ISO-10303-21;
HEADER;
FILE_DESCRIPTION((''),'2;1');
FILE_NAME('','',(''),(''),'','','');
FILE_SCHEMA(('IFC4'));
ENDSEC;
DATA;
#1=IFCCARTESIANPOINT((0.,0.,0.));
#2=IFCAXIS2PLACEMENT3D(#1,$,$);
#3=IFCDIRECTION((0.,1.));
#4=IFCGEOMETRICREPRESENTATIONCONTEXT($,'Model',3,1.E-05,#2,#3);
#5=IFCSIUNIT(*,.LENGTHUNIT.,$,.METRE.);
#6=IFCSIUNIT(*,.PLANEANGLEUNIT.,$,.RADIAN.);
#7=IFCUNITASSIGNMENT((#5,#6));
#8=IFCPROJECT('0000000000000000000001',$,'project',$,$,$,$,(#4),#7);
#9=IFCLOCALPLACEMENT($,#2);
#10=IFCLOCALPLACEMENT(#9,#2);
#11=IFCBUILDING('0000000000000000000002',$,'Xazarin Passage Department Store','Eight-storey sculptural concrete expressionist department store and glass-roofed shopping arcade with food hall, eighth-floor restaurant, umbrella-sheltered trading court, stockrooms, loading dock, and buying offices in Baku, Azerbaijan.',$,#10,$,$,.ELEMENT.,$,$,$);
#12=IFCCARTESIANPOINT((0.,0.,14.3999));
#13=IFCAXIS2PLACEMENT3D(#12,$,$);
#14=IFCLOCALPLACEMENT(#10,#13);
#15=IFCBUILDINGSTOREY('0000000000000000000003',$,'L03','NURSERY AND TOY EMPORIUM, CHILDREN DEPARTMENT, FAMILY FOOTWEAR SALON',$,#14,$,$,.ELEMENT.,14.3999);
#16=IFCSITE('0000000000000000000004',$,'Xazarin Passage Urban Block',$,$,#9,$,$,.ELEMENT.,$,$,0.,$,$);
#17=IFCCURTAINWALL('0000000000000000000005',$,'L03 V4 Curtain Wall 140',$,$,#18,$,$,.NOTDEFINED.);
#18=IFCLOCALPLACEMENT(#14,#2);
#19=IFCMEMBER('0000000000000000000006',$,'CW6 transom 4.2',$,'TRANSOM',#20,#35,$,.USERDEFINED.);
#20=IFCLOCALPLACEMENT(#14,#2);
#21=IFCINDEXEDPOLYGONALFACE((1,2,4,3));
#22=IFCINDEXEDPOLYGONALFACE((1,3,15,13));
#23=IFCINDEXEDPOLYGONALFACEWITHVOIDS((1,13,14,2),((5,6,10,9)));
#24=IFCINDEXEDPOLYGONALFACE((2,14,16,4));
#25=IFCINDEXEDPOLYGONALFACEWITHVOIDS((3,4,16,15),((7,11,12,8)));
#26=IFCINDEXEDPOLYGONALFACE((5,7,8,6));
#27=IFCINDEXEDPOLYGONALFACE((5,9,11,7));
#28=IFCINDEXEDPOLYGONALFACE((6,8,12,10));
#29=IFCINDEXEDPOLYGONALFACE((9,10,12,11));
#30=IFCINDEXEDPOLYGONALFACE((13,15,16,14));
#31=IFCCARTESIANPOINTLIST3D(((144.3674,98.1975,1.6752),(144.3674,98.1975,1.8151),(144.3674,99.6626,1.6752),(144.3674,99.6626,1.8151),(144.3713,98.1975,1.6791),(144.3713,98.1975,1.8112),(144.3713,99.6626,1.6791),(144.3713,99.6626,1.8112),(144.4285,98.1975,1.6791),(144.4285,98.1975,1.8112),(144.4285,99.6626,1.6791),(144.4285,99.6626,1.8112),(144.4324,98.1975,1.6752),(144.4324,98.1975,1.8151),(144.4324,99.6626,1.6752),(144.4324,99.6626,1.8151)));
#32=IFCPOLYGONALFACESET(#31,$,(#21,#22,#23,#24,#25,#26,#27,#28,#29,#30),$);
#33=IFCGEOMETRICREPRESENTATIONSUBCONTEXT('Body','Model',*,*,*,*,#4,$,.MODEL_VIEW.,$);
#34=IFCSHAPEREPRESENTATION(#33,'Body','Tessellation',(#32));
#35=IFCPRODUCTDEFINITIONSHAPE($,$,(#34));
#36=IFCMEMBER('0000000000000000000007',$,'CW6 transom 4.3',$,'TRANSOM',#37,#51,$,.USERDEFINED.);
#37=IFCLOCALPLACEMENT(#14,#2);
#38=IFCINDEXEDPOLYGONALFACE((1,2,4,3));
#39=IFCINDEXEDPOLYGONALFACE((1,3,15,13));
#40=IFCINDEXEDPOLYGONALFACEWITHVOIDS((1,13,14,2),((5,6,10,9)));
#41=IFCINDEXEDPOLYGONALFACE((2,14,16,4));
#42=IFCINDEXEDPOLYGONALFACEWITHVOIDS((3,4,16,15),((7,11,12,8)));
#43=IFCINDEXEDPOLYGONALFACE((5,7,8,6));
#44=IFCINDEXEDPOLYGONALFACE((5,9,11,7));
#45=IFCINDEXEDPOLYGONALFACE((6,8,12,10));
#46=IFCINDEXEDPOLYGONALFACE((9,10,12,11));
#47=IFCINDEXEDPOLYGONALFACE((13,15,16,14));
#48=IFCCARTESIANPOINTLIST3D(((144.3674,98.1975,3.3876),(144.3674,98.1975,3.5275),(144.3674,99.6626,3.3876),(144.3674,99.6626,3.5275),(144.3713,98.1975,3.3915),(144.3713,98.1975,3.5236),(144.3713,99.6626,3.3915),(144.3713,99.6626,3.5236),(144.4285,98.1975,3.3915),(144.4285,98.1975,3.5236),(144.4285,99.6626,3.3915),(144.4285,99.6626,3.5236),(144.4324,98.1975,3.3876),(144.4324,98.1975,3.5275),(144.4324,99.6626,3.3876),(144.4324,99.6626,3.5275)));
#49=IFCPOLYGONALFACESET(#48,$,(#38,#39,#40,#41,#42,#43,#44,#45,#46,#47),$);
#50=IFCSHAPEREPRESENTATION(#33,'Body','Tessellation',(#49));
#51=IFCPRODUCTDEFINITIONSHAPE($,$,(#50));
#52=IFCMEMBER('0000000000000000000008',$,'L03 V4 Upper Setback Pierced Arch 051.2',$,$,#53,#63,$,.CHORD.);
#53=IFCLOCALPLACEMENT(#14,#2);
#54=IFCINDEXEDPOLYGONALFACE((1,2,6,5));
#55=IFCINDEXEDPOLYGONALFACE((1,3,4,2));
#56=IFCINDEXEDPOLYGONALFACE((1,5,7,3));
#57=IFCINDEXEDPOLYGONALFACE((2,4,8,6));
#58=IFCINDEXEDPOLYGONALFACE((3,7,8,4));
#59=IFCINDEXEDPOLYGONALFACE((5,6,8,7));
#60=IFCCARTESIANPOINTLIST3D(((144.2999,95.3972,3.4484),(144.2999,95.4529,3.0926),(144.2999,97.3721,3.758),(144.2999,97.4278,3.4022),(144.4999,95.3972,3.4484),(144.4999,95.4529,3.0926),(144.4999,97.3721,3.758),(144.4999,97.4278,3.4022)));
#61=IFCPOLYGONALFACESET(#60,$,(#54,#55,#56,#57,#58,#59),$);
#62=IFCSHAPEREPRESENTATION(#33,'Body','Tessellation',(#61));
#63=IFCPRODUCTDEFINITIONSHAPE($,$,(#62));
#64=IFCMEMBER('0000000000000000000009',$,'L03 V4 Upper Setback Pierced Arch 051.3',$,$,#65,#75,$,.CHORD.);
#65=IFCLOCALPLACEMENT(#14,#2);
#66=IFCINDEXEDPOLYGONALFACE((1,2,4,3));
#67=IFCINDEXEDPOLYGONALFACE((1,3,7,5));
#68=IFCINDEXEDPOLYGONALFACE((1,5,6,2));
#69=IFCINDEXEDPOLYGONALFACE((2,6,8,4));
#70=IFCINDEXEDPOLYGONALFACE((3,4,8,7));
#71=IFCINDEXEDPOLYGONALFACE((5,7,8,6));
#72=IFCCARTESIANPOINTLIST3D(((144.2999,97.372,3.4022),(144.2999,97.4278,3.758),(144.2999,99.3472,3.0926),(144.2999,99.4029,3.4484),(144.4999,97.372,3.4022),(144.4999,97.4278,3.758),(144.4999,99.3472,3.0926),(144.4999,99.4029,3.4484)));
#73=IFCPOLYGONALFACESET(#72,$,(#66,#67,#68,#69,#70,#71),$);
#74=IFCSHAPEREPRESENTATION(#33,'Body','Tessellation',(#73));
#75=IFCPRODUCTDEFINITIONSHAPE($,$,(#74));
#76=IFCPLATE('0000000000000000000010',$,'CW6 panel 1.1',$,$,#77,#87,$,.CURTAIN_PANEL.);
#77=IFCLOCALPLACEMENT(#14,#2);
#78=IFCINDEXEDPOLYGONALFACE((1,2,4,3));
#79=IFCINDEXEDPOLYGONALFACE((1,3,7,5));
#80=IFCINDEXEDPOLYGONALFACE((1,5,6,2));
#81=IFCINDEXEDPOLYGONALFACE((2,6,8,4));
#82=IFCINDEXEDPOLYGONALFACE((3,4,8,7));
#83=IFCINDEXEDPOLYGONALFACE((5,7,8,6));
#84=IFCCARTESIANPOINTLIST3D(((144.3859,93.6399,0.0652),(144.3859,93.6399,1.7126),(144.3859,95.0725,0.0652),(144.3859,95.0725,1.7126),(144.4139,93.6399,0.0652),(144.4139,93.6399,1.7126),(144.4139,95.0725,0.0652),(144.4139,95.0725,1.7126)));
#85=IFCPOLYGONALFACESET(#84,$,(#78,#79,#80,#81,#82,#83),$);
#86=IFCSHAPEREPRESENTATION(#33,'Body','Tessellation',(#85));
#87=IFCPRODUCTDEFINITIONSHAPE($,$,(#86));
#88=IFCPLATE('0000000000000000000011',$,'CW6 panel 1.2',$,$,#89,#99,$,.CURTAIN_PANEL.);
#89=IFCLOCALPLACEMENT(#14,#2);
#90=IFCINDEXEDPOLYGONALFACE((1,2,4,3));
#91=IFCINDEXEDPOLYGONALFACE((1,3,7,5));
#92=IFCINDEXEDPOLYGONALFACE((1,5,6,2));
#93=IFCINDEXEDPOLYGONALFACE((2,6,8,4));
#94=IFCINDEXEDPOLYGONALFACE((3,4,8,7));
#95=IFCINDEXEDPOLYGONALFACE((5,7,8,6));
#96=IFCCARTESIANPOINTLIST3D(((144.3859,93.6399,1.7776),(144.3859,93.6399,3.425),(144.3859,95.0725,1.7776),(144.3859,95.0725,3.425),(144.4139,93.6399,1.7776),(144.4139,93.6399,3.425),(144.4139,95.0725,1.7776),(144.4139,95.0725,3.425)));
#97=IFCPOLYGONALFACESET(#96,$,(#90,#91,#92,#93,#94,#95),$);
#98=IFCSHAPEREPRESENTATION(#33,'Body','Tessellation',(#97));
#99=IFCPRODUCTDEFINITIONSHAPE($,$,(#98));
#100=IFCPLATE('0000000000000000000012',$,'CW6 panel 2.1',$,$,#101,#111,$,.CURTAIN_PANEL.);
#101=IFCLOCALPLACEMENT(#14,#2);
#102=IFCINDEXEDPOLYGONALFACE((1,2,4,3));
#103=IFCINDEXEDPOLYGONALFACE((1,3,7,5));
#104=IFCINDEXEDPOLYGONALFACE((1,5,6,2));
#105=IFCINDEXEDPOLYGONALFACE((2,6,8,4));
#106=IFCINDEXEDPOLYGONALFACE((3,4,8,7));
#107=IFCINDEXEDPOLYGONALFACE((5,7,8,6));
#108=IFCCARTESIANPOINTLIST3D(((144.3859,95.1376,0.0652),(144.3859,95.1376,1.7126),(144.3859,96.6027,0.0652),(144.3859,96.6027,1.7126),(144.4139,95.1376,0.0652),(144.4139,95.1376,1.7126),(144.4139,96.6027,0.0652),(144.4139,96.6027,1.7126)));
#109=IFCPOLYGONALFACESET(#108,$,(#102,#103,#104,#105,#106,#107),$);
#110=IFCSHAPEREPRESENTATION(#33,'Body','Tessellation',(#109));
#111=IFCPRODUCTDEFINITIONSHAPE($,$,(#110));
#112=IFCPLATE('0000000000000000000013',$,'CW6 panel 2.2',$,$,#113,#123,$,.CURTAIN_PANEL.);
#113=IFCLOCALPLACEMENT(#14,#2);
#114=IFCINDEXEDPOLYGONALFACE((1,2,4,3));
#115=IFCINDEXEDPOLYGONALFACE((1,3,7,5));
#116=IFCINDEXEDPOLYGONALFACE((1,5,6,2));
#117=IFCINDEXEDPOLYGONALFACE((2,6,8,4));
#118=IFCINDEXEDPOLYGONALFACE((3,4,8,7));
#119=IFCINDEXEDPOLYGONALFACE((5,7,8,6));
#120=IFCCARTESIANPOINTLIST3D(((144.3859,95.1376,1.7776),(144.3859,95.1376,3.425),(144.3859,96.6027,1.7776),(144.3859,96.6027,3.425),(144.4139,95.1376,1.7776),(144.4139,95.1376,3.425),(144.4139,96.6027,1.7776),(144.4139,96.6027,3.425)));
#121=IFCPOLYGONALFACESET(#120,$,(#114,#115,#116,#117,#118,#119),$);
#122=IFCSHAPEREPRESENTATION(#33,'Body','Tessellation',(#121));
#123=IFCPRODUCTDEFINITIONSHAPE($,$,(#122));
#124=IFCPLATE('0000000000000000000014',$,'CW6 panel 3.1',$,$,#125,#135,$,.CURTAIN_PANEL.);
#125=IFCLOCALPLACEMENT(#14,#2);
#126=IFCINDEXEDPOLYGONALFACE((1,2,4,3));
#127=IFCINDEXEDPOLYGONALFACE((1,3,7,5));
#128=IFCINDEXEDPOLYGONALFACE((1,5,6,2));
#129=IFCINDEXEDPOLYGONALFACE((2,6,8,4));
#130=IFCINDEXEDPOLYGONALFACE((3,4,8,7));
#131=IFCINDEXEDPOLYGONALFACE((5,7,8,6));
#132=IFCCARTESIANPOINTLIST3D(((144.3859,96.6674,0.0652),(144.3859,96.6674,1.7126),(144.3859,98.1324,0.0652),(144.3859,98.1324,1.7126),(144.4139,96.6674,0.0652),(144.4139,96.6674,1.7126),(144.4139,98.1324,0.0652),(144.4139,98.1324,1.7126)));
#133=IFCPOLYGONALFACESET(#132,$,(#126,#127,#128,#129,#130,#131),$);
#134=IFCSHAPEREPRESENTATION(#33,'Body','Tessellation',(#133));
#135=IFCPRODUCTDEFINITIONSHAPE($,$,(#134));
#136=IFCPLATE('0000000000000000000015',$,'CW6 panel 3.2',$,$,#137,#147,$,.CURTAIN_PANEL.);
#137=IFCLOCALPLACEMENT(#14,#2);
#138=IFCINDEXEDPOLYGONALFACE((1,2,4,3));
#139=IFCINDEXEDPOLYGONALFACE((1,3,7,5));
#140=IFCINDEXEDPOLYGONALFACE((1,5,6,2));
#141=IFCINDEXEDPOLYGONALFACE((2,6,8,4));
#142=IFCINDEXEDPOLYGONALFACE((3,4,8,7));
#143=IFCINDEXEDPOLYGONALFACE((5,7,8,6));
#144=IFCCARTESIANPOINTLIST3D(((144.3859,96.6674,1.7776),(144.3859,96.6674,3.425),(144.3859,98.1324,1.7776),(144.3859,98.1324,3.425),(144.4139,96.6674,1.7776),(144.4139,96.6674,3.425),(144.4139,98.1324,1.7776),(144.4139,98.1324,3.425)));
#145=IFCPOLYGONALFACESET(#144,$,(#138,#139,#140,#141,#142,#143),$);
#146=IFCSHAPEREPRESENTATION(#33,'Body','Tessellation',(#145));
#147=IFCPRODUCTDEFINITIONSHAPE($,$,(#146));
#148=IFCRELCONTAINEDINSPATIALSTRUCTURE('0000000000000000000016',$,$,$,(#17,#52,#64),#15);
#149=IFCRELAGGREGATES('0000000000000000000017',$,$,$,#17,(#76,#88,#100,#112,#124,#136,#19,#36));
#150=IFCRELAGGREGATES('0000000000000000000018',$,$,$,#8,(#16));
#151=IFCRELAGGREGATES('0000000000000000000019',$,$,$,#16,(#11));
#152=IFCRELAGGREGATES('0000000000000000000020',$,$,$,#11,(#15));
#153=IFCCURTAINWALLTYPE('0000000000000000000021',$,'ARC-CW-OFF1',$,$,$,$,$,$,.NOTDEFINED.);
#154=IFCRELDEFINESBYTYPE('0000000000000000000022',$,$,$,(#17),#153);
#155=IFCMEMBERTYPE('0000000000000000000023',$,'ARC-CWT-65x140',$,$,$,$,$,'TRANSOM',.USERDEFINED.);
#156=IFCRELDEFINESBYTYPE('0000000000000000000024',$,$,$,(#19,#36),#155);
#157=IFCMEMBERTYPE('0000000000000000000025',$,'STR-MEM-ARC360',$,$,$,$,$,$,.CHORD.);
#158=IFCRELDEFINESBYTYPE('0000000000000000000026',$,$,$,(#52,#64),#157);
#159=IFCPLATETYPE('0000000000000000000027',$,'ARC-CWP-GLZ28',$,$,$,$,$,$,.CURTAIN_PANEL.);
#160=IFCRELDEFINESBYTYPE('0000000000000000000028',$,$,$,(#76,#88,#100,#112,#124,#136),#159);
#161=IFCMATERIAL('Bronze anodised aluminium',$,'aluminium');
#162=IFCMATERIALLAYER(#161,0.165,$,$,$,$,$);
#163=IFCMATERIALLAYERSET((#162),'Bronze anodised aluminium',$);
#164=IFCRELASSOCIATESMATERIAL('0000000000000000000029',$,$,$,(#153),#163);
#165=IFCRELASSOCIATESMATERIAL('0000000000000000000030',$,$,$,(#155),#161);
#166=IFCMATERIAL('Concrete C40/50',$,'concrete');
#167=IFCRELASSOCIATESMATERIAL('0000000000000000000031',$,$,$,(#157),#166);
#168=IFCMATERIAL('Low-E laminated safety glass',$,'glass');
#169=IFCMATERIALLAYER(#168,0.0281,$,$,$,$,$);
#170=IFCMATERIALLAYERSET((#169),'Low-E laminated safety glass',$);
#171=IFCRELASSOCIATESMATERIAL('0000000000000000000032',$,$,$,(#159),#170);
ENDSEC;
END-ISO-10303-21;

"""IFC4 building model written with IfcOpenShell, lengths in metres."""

from ifc_helpers import new_model, si_unit, direction, frame, origin, origin_2d, place, context, subcontext, project, spatial, rectangle, hollow_rectangle, extrude, material, layer, layer_set, material_profile, profile_set, type_object, element, aggregate, save


model = new_model("IFC4")

# Units and contexts
model_context = context("Model", 3, precision=1e-05, world=origin(), true_north=direction((0.0, 1.0)))
body_context = subcontext(model_context, "Body", "Model", "MODEL_VIEW")
ifc_project = project(units=[si_unit("LENGTHUNIT", "METRE"), si_unit("PLANEANGLEUNIT", "RADIAN")], contexts=[model_context])

# Site, building, storey
site_placement = place(None, origin())
site = spatial("IfcSite", under=ifc_project, at=site_placement, Name="Xazarin Passage Urban Block", CompositionType="ELEMENT", RefElevation=0.0)
building_placement = place(site_placement, origin())
building = spatial("IfcBuilding", under=site, at=building_placement, Name="Xazarin Passage Department Store", Description="Eight-storey sculptural concrete expressionist department store and glass-roofed shopping arcade with food hall, eighth-floor restaurant, umbrella-sheltered trading court, stockrooms, loading dock, and buying offices in Baku, Azerbaijan.", CompositionType="ELEMENT")
storey_placement = place(building_placement, frame((0.0, 0.0, 14.3999)))
storey = spatial("IfcBuildingStorey", under=building, at=storey_placement, Name="L03", Description="NURSERY AND TOY EMPORIUM, CHILDREN DEPARTMENT, FAMILY FOOTWEAR SALON", CompositionType="ELEMENT", Elevation=14.3999)

# Curtain wall, members
ifc_material_1 = material(Name="Bronze anodised aluminium", Category="aluminium")
ifc_layer_1 = layer(ifc_material_1, 0.165)
ifc_layer_set_1 = layer_set([ifc_layer_1], Name="Bronze anodised aluminium")
curtain_wall_type = type_object("IfcCurtainWallType", Name="ARC-CW-OFF1", PredefinedType="NOTDEFINED", material=ifc_layer_set_1)
curtain_wall_placement = place(storey_placement, origin())
curtain_wall = element("IfcCurtainWall", 1, at=curtain_wall_placement, inside=storey, type_object=curtain_wall_type, Name="L03 V4 Curtain Wall 140", PredefinedType="NOTDEFINED")
ifc_material_profile_1 = material_profile(ifc_material_1, hollow_rectangle(XDim=0.0649, YDim=0.1399, WallThickness=0.0039, at=origin_2d()), Name="ALU 65x140")
ifc_profile_set_1 = profile_set([ifc_material_profile_1], Name="Bronze anodised aluminium")
member_type_1 = type_object("IfcMemberType", Name="ARC-CWT-65x140", ElementType="TRANSOM", PredefinedType="USERDEFINED", material=ifc_profile_set_1)
member_1_placement = place(storey_placement, frame((144.3999, 98.1975, 1.7451), z_axis=(0.0, 1.0, 0.0), x_axis=(-1.0, 0.0, 0.0)))
member_1 = element("IfcMember", 2, at=member_1_placement, type_object=member_type_1, Name="CW6 transom 4.2", ObjectType="TRANSOM", PredefinedType="USERDEFINED", context=body_context, shape_type="SweptSolid", body=[
    extrude(hollow_rectangle(XDim=0.0649, YDim=0.1399, WallThickness=0.0039, at=origin_2d()), origin(), (0.0, 0.0, 1.0), 1.4651),
])
member_2_placement = place(storey_placement, frame((144.3999, 98.1975, 3.4575), z_axis=(0.0, 1.0, 0.0), x_axis=(-1.0, 0.0, 0.0)))
member_2 = element("IfcMember", 3, at=member_2_placement, type_object=member_type_1, Name="CW6 transom 4.3", ObjectType="TRANSOM", PredefinedType="USERDEFINED", context=body_context, shape_type="SweptSolid", body=[
    extrude(hollow_rectangle(XDim=0.0649, YDim=0.1399, WallThickness=0.0039, at=origin_2d()), origin(), (0.0, 0.0, 1.0), 1.4651),
])

# Members
ifc_material_2 = material(Name="Concrete C40/50", Category="concrete")
ifc_material_profile_2 = material_profile(ifc_material_2, rectangle(XDim=0.2, YDim=0.3601, at=origin_2d()), Name="RC 200x360")
ifc_profile_set_2 = profile_set([ifc_material_profile_2], Name="Concrete C40/50")
member_type_2 = type_object("IfcMemberType", Name="STR-MEM-ARC360", PredefinedType="CHORD", material=ifc_profile_set_2)
member_3_placement = place(storey_placement, frame((144.3999, 95.425, 3.2705), z_axis=(0.0, 0.987936, 0.154865), x_axis=(-1.0, 0.0, 0.0)))
element("IfcMember", 4, at=member_3_placement, inside=storey, type_object=member_type_2, Name="L03 V4 Upper Setback Pierced Arch 051.2", PredefinedType="CHORD", context=body_context, shape_type="SweptSolid", body=[
    extrude(rectangle(XDim=0.2, YDim=0.3601, at=origin_2d()), origin(), (0.0, 0.0, 1.0), 1.999),
])
member_4_placement = place(storey_placement, frame((144.3999, 97.3999, 3.5801), z_axis=(0.0, 0.987939, -0.154846), x_axis=(-1.0, 0.0, 0.0)))
element("IfcMember", 5, at=member_4_placement, inside=storey, type_object=member_type_2, Name="L03 V4 Upper Setback Pierced Arch 051.3", PredefinedType="CHORD", context=body_context, shape_type="SweptSolid", body=[
    extrude(rectangle(XDim=0.2, YDim=0.3601, at=origin_2d()), origin(), (0.0, 0.0, 1.0), 1.9993),
])

# Plates
ifc_material_3 = material(Name="Low-E laminated safety glass", Category="glass")
ifc_layer_2 = layer(ifc_material_3, 0.0281)
ifc_layer_set_2 = layer_set([ifc_layer_2], Name="Low-E laminated safety glass")
plate_type = type_object("IfcPlateType", Name="ARC-CWP-GLZ28", PredefinedType="CURTAIN_PANEL", material=ifc_layer_set_2)
plate_1_placement = place(storey_placement, frame((144.3999, 94.3562, 0.0652), z_axis=(0.0, 0.0, 1.0), x_axis=(0.0, 1.0, 0.0)))
plate_1 = element("IfcPlate", 6, at=plate_1_placement, type_object=plate_type, Name="CW6 panel 1.1", PredefinedType="CURTAIN_PANEL", context=body_context, shape_type="SweptSolid", body=[
    extrude(rectangle(XDim=1.4326, YDim=0.0281, at=origin_2d()), origin(), (0.0, 0.0, 1.0), 1.6475),
])
plate_2_placement = place(storey_placement, frame((144.3999, 94.3562, 1.7776), z_axis=(0.0, 0.0, 1.0), x_axis=(0.0, 1.0, 0.0)))
plate_2 = element("IfcPlate", 7, at=plate_2_placement, type_object=plate_type, Name="CW6 panel 1.2", PredefinedType="CURTAIN_PANEL", context=body_context, shape_type="SweptSolid", body=[
    extrude(rectangle(XDim=1.4326, YDim=0.0281, at=origin_2d()), origin(), (0.0, 0.0, 1.0), 1.6475),
])
plate_3_placement = place(storey_placement, frame((144.3999, 95.8701, 0.0652), z_axis=(0.0, 0.0, 1.0), x_axis=(0.0, 1.0, 0.0)))
plate_3 = element("IfcPlate", 8, at=plate_3_placement, type_object=plate_type, Name="CW6 panel 2.1", PredefinedType="CURTAIN_PANEL", context=body_context, shape_type="SweptSolid", body=[
    extrude(rectangle(XDim=1.4651, YDim=0.0281, at=origin_2d()), origin(), (0.0, 0.0, 1.0), 1.6475),
])
plate_4_placement = place(storey_placement, frame((144.3999, 95.8701, 1.7776), z_axis=(0.0, 0.0, 1.0), x_axis=(0.0, 1.0, 0.0)))
plate_4 = element("IfcPlate", 9, at=plate_4_placement, type_object=plate_type, Name="CW6 panel 2.2", PredefinedType="CURTAIN_PANEL", context=body_context, shape_type="SweptSolid", body=[
    extrude(rectangle(XDim=1.4651, YDim=0.0281, at=origin_2d()), origin(), (0.0, 0.0, 1.0), 1.6475),
])
plate_5_placement = place(storey_placement, frame((144.3999, 97.3999, 0.0652), z_axis=(0.0, 0.0, 1.0), x_axis=(0.0, 1.0, 0.0)))
plate_5 = element("IfcPlate", 10, at=plate_5_placement, type_object=plate_type, Name="CW6 panel 3.1", PredefinedType="CURTAIN_PANEL", context=body_context, shape_type="SweptSolid", body=[
    extrude(rectangle(XDim=1.4651, YDim=0.0281, at=origin_2d()), origin(), (0.0, 0.0, 1.0), 1.6475),
])
plate_6_placement = place(storey_placement, frame((144.3999, 97.3999, 1.7776), z_axis=(0.0, 0.0, 1.0), x_axis=(0.0, 1.0, 0.0)))
plate_6 = element("IfcPlate", 11, at=plate_6_placement, type_object=plate_type, Name="CW6 panel 3.2", PredefinedType="CURTAIN_PANEL", context=body_context, shape_type="SweptSolid", body=[
    extrude(rectangle(XDim=1.4651, YDim=0.0281, at=origin_2d()), origin(), (0.0, 0.0, 1.0), 1.6475),
])
aggregate(curtain_wall, [plate_1, plate_2, plate_3, plate_4, plate_5, plate_6, member_1, member_2])

save(model, "model.ifc")
